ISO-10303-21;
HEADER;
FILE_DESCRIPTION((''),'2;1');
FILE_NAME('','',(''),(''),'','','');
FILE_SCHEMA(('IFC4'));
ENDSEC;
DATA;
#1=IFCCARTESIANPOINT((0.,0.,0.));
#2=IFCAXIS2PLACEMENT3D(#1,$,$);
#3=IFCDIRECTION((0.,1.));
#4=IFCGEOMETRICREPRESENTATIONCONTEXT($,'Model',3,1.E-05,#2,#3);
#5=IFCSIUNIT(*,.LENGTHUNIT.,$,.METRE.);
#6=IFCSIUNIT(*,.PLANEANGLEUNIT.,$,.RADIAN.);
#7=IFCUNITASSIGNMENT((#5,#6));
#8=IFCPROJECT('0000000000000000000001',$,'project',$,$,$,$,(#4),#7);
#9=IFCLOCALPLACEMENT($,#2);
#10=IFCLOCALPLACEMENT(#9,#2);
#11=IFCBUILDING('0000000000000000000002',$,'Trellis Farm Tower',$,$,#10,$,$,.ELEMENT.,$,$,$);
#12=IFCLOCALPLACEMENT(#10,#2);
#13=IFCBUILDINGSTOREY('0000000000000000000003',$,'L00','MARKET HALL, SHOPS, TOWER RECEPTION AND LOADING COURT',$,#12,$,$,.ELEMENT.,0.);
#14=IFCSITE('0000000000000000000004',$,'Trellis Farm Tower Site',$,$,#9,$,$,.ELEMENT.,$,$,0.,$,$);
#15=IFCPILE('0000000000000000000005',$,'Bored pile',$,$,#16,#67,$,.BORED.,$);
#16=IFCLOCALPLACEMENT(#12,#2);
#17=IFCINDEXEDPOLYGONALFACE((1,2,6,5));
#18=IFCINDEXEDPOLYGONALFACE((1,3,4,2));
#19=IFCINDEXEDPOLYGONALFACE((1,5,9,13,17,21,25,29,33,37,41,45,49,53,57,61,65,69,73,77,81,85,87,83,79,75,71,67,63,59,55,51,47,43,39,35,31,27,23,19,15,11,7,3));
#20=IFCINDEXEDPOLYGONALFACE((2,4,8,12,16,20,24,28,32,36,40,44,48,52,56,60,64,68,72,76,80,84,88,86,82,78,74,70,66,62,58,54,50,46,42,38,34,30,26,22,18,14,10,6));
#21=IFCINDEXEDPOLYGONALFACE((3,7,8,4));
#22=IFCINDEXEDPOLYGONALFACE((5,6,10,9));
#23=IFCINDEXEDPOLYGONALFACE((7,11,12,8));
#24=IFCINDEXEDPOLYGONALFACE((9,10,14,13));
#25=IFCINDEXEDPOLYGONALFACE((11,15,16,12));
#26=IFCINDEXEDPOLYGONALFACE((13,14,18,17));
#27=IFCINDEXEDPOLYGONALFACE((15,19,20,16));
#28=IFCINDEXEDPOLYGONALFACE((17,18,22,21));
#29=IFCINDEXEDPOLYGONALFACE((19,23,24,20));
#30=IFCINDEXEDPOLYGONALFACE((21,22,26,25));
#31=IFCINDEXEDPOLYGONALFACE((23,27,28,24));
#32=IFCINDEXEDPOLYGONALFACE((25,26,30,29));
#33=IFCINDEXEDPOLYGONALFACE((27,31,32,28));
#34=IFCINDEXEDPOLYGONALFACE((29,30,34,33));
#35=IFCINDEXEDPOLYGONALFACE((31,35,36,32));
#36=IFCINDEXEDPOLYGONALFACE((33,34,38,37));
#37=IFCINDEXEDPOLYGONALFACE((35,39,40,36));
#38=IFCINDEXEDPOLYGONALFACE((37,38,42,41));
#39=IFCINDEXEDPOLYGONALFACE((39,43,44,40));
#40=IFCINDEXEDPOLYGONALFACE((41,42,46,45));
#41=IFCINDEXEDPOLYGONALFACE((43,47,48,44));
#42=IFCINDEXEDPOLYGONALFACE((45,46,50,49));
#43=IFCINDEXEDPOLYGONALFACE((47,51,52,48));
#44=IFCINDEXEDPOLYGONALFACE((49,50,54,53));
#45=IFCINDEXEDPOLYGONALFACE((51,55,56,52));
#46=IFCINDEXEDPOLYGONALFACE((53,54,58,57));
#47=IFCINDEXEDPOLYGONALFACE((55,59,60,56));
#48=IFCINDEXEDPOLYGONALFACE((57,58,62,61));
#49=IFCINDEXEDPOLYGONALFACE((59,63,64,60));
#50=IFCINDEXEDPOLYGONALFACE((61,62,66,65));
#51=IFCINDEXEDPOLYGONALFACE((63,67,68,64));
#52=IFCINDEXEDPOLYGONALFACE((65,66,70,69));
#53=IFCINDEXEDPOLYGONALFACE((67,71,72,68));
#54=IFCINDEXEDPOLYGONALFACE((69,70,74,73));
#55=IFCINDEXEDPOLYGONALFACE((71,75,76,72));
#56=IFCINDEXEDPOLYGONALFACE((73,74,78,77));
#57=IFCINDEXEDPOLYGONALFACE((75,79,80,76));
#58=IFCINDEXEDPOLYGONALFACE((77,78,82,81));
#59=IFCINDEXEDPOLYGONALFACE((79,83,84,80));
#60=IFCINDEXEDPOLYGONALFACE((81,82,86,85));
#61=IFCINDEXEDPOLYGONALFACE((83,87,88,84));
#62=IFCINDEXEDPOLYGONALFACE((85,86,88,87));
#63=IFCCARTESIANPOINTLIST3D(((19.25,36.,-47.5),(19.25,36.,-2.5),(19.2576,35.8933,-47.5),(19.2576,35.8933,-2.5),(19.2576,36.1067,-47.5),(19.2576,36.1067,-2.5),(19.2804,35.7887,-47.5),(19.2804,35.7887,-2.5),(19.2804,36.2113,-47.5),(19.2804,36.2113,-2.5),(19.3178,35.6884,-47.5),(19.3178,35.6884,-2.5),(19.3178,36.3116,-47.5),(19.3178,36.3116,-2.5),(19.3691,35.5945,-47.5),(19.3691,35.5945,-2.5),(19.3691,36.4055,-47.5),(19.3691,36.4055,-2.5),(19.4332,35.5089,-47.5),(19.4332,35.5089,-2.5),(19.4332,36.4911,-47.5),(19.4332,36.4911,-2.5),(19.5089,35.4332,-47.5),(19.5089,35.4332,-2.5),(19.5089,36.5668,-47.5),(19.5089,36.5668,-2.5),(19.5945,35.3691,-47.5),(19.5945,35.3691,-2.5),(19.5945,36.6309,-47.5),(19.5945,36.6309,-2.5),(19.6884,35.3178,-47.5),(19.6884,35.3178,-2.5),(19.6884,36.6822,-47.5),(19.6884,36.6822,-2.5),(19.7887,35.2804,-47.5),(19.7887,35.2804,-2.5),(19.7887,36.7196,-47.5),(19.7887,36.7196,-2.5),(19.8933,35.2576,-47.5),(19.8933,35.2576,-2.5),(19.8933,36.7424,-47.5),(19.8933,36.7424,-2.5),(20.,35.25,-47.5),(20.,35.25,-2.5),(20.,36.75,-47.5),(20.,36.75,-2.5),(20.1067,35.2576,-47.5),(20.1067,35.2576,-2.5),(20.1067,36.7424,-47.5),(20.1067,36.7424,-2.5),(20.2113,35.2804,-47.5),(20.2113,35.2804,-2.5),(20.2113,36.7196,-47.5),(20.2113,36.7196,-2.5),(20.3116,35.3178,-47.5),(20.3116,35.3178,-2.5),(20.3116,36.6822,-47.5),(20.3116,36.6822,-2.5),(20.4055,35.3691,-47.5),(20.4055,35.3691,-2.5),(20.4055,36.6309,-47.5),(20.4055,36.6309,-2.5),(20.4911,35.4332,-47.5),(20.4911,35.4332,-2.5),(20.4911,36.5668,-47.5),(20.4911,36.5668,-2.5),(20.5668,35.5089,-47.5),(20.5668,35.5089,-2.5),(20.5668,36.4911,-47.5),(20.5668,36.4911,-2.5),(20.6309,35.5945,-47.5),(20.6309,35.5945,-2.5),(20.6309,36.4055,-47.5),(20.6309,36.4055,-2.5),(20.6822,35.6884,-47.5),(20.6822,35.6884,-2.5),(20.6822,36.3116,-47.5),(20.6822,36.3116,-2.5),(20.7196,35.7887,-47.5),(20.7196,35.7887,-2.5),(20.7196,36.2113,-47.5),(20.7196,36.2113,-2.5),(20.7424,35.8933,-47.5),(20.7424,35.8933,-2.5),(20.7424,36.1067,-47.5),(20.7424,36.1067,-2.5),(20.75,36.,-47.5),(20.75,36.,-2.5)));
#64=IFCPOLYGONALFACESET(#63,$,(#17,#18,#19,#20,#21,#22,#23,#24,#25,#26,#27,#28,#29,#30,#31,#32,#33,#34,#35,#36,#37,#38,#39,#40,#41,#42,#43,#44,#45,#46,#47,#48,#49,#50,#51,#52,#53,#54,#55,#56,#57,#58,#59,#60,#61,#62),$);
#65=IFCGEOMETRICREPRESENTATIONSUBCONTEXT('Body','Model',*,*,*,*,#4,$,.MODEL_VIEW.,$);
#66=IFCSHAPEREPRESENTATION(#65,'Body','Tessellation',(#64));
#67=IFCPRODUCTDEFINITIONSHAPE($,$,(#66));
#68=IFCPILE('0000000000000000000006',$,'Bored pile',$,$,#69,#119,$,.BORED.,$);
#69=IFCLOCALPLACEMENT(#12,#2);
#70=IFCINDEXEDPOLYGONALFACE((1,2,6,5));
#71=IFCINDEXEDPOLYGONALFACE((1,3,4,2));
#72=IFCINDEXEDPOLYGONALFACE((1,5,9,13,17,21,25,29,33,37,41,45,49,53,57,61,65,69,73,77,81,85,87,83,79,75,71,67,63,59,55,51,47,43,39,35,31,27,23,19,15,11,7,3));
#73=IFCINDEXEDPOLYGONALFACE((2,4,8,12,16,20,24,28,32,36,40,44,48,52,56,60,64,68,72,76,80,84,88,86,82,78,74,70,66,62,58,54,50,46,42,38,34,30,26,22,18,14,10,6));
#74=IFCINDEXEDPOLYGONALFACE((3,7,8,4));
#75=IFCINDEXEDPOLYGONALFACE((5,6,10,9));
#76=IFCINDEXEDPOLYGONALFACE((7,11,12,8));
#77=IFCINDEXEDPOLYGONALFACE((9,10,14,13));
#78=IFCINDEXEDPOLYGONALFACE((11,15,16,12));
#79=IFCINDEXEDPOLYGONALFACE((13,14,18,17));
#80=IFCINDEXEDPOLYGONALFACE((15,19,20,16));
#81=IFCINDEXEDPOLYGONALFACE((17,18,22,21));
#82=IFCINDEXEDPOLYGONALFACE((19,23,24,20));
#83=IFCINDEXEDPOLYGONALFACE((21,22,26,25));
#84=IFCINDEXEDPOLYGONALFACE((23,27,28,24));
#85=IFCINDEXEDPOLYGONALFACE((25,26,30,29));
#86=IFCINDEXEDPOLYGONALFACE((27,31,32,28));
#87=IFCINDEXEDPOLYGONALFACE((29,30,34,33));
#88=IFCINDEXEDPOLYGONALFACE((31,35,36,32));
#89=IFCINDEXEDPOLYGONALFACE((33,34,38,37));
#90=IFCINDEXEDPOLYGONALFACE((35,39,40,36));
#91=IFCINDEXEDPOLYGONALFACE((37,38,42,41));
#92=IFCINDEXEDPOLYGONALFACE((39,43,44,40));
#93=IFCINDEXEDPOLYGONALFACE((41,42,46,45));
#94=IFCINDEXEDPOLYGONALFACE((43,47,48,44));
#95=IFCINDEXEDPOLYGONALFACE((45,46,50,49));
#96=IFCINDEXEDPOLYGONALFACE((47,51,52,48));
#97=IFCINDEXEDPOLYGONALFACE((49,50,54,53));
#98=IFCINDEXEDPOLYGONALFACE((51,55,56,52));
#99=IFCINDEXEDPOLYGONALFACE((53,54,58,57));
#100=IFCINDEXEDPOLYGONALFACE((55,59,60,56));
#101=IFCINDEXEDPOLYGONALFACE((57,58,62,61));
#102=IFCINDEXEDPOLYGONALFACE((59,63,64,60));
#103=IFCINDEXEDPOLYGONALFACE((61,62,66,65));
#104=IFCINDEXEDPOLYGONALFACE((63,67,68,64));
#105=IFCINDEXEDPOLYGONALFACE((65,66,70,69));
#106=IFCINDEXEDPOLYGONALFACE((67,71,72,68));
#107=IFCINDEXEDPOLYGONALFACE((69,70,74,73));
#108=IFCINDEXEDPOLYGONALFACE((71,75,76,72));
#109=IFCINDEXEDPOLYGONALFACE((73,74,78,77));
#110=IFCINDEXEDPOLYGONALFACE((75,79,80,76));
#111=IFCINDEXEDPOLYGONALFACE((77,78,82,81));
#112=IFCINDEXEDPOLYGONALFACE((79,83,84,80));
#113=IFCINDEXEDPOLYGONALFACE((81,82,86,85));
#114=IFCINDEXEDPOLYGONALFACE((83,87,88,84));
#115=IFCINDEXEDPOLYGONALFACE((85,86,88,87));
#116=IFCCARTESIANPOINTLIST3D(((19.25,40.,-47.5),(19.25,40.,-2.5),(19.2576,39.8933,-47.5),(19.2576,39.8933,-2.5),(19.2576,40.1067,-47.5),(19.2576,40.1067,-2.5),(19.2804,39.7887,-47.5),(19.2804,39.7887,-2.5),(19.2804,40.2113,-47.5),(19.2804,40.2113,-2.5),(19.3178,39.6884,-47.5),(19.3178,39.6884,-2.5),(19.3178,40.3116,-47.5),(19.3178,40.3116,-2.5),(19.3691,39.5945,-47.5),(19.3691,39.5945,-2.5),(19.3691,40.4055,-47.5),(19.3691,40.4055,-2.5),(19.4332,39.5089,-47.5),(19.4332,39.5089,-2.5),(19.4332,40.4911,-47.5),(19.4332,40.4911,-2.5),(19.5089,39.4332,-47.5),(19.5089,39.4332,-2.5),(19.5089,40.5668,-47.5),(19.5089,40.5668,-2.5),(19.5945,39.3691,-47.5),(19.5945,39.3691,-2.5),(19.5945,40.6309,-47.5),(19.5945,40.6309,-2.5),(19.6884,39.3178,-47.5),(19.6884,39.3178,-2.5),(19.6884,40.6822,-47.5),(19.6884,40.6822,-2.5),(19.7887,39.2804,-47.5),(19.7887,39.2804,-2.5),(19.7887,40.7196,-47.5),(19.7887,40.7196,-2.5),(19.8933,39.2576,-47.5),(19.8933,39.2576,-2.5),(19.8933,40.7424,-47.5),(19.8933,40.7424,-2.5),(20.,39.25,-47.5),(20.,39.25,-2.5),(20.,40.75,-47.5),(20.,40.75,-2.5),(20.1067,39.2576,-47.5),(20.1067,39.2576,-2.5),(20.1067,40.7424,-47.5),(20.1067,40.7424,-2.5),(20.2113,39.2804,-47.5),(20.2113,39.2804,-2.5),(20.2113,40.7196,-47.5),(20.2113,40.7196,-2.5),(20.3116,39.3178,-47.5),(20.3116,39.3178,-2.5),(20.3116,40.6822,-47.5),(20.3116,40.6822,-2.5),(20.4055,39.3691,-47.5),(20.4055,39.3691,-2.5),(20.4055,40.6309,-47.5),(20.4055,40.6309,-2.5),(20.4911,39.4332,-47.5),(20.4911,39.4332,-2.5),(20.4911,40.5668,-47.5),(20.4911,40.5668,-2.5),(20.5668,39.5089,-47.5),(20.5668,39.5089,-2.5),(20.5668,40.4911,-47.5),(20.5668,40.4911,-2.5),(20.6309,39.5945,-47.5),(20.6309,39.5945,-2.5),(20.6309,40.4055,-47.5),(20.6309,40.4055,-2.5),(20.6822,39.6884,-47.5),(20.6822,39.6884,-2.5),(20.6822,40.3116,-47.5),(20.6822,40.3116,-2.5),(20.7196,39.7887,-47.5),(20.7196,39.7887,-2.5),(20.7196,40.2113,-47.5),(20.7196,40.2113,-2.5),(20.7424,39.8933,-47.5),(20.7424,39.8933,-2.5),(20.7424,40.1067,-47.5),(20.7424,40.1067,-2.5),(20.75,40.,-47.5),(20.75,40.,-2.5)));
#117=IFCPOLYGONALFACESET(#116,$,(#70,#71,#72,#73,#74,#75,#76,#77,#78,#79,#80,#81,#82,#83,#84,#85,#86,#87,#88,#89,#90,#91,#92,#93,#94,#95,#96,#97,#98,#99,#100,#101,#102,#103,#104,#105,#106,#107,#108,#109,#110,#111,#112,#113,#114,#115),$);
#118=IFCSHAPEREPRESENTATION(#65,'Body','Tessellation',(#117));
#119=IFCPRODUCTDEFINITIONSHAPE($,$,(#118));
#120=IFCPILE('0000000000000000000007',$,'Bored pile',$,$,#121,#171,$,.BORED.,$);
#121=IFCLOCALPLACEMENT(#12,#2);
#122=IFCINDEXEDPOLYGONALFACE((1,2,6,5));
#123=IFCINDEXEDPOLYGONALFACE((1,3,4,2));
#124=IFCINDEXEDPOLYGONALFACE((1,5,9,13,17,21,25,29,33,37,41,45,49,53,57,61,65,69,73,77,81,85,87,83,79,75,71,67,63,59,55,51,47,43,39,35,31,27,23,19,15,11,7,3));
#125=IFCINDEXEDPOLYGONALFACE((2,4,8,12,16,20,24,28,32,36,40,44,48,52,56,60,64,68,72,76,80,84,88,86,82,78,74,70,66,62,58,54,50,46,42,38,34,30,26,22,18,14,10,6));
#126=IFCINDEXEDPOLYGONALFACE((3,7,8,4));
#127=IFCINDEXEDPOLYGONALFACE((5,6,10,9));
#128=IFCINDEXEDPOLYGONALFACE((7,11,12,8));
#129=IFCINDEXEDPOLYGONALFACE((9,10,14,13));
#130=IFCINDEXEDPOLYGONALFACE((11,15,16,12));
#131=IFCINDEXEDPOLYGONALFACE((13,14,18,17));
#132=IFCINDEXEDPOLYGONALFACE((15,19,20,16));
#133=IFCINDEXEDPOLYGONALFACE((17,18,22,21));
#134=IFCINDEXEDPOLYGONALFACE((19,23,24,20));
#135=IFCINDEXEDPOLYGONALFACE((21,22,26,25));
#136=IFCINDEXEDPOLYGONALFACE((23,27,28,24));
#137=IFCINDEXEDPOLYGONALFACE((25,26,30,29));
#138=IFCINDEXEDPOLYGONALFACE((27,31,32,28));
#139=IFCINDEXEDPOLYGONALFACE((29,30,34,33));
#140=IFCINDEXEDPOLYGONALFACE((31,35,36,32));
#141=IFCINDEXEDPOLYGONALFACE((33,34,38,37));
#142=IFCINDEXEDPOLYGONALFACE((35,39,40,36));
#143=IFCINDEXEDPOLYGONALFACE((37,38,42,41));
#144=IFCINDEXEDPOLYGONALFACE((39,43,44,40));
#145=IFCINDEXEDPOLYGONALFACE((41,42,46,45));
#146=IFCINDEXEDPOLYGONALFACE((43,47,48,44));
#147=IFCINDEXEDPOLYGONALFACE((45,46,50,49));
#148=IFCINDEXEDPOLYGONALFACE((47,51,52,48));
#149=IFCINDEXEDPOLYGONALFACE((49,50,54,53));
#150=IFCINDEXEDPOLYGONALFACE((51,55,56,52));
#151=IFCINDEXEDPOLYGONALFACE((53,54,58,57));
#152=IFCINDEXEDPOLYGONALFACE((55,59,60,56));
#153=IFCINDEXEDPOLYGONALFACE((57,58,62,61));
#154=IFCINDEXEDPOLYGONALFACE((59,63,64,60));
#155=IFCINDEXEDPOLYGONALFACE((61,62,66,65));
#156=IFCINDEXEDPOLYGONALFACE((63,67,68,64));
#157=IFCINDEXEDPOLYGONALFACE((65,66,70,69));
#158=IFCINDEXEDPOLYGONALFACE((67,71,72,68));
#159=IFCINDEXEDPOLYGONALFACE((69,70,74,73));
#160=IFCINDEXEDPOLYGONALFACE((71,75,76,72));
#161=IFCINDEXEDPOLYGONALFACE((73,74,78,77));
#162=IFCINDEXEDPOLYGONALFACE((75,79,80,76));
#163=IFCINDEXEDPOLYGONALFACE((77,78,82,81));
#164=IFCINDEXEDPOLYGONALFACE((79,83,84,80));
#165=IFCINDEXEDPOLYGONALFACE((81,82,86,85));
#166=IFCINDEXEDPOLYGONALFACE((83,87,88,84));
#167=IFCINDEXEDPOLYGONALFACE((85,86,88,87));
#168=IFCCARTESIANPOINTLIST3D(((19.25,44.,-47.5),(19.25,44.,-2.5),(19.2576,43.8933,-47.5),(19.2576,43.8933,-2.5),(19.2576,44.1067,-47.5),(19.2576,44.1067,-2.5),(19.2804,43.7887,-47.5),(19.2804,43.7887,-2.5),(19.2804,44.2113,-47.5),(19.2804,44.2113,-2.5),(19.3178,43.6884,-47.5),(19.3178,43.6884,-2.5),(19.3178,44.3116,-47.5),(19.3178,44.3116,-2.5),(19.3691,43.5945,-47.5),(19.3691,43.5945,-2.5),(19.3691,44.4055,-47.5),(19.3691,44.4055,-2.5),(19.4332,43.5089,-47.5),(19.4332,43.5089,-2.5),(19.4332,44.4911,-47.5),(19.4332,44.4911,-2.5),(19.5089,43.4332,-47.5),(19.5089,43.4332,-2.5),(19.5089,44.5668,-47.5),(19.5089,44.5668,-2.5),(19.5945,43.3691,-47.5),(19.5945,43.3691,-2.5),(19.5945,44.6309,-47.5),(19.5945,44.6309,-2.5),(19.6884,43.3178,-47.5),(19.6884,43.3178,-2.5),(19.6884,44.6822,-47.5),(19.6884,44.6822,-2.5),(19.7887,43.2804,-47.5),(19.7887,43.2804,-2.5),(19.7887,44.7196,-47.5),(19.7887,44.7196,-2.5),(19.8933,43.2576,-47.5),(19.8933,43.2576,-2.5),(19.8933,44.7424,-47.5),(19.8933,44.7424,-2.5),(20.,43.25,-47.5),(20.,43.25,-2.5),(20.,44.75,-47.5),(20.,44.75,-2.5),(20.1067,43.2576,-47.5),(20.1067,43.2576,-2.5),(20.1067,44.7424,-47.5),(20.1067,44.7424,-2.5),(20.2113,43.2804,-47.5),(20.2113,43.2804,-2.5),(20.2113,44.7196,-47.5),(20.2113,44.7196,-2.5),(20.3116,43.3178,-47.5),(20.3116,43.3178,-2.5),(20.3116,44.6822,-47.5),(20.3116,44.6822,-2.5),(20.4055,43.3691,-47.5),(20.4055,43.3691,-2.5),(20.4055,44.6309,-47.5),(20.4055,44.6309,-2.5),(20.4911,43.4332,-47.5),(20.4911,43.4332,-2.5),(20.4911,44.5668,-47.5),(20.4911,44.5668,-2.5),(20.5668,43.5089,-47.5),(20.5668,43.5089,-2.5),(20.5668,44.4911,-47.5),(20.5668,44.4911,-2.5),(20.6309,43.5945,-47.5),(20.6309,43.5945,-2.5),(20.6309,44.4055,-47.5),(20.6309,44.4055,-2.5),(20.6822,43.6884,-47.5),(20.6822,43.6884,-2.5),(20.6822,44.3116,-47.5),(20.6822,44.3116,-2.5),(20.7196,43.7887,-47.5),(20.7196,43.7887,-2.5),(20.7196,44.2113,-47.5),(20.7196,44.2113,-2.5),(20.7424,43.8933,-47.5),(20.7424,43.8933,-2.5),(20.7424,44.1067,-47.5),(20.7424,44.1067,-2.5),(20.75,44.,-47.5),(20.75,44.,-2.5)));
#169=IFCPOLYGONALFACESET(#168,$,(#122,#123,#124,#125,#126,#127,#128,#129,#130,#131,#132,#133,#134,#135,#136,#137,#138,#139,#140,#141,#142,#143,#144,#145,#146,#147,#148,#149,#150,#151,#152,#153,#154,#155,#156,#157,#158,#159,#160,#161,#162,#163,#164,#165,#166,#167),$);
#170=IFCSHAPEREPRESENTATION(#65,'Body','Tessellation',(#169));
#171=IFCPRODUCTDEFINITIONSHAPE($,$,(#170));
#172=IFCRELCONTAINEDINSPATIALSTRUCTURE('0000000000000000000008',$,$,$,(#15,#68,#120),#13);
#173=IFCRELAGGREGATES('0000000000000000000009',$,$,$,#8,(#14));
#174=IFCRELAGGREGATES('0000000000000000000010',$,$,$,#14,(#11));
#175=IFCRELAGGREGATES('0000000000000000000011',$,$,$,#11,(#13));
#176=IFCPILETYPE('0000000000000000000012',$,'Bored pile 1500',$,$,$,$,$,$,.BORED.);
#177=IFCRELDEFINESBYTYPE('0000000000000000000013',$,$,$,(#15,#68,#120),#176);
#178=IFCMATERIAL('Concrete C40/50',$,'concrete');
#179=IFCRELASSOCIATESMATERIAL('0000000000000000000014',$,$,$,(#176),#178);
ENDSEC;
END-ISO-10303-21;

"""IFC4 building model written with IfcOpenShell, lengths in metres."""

from ifc_helpers import new_model, si_unit, direction, frame, origin, origin_2d, place, context, subcontext, project, spatial, circle, extrude, source, transform, mapped, material, material_profile, profile_set, type_object, element, save


model = new_model("IFC4")

# Units and contexts
model_context = context("Model", 3, precision=1e-05, world=origin(), true_north=direction((0.0, 1.0)))
body_context = subcontext(model_context, "Body", "Model", "MODEL_VIEW")
ifc_project = project(units=[si_unit("LENGTHUNIT", "METRE"), si_unit("PLANEANGLEUNIT", "RADIAN")], contexts=[model_context])

# Site, building, storey
site_placement = place(None, origin())
site = spatial("IfcSite", under=ifc_project, at=site_placement, Name="Trellis Farm Tower Site", CompositionType="ELEMENT", RefElevation=0.0)
building_placement = place(site_placement, origin())
building = spatial("IfcBuilding", under=site, at=building_placement, Name="Trellis Farm Tower", CompositionType="ELEMENT")
storey_placement = place(building_placement, origin())
storey = spatial("IfcBuildingStorey", under=building, at=storey_placement, Name="L00", Description="MARKET HALL, SHOPS, TOWER RECEPTION AND LOADING COURT", CompositionType="ELEMENT", Elevation=0.0)

# Piles
ifc_material_1 = material(Name="Concrete C40/50", Category="concrete")
ifc_material_profile_1 = material_profile(ifc_material_1, circle(Radius=0.75, at=origin_2d()), Name="Bored pile 1500")
ifc_profile_set_1 = profile_set([ifc_material_profile_1], Name="Concrete C40/50")
pile_type = type_object("IfcPileType", Name="Bored pile 1500", PredefinedType="BORED", material=ifc_profile_set_1)
shared_shape_1 = source(origin(), body_context, "Body", "SweptSolid", [
    extrude(circle(Radius=0.75, at=origin_2d()), origin(), (0.0, 0.0, 1.0), 45.0),
])
for number, where, z_axis, x_axis, name in (
    (1, (20.0, 36.0, -2.5), (0.0, 0.0, -1.0), (1.0, 0.0, 0.0), "Bored pile"),
    (2, (20.0, 40.0, -2.5), (0.0, 0.0, -1.0), (1.0, 0.0, 0.0), "Bored pile"),
    (3, (20.0, 44.0, -2.5), (0.0, 0.0, -1.0), (1.0, 0.0, 0.0), "Bored pile"),
):
    element("IfcPile", number, at=place(storey_placement, frame(where, z_axis=z_axis, x_axis=x_axis)), inside=storey, type_object=pile_type, Name=name, PredefinedType="BORED", context=body_context, shape_type="MappedRepresentation", body=[
        mapped(shared_shape_1, transform((0.0, 0.0, 0.0))),
    ])

save(model, "model.ifc")
